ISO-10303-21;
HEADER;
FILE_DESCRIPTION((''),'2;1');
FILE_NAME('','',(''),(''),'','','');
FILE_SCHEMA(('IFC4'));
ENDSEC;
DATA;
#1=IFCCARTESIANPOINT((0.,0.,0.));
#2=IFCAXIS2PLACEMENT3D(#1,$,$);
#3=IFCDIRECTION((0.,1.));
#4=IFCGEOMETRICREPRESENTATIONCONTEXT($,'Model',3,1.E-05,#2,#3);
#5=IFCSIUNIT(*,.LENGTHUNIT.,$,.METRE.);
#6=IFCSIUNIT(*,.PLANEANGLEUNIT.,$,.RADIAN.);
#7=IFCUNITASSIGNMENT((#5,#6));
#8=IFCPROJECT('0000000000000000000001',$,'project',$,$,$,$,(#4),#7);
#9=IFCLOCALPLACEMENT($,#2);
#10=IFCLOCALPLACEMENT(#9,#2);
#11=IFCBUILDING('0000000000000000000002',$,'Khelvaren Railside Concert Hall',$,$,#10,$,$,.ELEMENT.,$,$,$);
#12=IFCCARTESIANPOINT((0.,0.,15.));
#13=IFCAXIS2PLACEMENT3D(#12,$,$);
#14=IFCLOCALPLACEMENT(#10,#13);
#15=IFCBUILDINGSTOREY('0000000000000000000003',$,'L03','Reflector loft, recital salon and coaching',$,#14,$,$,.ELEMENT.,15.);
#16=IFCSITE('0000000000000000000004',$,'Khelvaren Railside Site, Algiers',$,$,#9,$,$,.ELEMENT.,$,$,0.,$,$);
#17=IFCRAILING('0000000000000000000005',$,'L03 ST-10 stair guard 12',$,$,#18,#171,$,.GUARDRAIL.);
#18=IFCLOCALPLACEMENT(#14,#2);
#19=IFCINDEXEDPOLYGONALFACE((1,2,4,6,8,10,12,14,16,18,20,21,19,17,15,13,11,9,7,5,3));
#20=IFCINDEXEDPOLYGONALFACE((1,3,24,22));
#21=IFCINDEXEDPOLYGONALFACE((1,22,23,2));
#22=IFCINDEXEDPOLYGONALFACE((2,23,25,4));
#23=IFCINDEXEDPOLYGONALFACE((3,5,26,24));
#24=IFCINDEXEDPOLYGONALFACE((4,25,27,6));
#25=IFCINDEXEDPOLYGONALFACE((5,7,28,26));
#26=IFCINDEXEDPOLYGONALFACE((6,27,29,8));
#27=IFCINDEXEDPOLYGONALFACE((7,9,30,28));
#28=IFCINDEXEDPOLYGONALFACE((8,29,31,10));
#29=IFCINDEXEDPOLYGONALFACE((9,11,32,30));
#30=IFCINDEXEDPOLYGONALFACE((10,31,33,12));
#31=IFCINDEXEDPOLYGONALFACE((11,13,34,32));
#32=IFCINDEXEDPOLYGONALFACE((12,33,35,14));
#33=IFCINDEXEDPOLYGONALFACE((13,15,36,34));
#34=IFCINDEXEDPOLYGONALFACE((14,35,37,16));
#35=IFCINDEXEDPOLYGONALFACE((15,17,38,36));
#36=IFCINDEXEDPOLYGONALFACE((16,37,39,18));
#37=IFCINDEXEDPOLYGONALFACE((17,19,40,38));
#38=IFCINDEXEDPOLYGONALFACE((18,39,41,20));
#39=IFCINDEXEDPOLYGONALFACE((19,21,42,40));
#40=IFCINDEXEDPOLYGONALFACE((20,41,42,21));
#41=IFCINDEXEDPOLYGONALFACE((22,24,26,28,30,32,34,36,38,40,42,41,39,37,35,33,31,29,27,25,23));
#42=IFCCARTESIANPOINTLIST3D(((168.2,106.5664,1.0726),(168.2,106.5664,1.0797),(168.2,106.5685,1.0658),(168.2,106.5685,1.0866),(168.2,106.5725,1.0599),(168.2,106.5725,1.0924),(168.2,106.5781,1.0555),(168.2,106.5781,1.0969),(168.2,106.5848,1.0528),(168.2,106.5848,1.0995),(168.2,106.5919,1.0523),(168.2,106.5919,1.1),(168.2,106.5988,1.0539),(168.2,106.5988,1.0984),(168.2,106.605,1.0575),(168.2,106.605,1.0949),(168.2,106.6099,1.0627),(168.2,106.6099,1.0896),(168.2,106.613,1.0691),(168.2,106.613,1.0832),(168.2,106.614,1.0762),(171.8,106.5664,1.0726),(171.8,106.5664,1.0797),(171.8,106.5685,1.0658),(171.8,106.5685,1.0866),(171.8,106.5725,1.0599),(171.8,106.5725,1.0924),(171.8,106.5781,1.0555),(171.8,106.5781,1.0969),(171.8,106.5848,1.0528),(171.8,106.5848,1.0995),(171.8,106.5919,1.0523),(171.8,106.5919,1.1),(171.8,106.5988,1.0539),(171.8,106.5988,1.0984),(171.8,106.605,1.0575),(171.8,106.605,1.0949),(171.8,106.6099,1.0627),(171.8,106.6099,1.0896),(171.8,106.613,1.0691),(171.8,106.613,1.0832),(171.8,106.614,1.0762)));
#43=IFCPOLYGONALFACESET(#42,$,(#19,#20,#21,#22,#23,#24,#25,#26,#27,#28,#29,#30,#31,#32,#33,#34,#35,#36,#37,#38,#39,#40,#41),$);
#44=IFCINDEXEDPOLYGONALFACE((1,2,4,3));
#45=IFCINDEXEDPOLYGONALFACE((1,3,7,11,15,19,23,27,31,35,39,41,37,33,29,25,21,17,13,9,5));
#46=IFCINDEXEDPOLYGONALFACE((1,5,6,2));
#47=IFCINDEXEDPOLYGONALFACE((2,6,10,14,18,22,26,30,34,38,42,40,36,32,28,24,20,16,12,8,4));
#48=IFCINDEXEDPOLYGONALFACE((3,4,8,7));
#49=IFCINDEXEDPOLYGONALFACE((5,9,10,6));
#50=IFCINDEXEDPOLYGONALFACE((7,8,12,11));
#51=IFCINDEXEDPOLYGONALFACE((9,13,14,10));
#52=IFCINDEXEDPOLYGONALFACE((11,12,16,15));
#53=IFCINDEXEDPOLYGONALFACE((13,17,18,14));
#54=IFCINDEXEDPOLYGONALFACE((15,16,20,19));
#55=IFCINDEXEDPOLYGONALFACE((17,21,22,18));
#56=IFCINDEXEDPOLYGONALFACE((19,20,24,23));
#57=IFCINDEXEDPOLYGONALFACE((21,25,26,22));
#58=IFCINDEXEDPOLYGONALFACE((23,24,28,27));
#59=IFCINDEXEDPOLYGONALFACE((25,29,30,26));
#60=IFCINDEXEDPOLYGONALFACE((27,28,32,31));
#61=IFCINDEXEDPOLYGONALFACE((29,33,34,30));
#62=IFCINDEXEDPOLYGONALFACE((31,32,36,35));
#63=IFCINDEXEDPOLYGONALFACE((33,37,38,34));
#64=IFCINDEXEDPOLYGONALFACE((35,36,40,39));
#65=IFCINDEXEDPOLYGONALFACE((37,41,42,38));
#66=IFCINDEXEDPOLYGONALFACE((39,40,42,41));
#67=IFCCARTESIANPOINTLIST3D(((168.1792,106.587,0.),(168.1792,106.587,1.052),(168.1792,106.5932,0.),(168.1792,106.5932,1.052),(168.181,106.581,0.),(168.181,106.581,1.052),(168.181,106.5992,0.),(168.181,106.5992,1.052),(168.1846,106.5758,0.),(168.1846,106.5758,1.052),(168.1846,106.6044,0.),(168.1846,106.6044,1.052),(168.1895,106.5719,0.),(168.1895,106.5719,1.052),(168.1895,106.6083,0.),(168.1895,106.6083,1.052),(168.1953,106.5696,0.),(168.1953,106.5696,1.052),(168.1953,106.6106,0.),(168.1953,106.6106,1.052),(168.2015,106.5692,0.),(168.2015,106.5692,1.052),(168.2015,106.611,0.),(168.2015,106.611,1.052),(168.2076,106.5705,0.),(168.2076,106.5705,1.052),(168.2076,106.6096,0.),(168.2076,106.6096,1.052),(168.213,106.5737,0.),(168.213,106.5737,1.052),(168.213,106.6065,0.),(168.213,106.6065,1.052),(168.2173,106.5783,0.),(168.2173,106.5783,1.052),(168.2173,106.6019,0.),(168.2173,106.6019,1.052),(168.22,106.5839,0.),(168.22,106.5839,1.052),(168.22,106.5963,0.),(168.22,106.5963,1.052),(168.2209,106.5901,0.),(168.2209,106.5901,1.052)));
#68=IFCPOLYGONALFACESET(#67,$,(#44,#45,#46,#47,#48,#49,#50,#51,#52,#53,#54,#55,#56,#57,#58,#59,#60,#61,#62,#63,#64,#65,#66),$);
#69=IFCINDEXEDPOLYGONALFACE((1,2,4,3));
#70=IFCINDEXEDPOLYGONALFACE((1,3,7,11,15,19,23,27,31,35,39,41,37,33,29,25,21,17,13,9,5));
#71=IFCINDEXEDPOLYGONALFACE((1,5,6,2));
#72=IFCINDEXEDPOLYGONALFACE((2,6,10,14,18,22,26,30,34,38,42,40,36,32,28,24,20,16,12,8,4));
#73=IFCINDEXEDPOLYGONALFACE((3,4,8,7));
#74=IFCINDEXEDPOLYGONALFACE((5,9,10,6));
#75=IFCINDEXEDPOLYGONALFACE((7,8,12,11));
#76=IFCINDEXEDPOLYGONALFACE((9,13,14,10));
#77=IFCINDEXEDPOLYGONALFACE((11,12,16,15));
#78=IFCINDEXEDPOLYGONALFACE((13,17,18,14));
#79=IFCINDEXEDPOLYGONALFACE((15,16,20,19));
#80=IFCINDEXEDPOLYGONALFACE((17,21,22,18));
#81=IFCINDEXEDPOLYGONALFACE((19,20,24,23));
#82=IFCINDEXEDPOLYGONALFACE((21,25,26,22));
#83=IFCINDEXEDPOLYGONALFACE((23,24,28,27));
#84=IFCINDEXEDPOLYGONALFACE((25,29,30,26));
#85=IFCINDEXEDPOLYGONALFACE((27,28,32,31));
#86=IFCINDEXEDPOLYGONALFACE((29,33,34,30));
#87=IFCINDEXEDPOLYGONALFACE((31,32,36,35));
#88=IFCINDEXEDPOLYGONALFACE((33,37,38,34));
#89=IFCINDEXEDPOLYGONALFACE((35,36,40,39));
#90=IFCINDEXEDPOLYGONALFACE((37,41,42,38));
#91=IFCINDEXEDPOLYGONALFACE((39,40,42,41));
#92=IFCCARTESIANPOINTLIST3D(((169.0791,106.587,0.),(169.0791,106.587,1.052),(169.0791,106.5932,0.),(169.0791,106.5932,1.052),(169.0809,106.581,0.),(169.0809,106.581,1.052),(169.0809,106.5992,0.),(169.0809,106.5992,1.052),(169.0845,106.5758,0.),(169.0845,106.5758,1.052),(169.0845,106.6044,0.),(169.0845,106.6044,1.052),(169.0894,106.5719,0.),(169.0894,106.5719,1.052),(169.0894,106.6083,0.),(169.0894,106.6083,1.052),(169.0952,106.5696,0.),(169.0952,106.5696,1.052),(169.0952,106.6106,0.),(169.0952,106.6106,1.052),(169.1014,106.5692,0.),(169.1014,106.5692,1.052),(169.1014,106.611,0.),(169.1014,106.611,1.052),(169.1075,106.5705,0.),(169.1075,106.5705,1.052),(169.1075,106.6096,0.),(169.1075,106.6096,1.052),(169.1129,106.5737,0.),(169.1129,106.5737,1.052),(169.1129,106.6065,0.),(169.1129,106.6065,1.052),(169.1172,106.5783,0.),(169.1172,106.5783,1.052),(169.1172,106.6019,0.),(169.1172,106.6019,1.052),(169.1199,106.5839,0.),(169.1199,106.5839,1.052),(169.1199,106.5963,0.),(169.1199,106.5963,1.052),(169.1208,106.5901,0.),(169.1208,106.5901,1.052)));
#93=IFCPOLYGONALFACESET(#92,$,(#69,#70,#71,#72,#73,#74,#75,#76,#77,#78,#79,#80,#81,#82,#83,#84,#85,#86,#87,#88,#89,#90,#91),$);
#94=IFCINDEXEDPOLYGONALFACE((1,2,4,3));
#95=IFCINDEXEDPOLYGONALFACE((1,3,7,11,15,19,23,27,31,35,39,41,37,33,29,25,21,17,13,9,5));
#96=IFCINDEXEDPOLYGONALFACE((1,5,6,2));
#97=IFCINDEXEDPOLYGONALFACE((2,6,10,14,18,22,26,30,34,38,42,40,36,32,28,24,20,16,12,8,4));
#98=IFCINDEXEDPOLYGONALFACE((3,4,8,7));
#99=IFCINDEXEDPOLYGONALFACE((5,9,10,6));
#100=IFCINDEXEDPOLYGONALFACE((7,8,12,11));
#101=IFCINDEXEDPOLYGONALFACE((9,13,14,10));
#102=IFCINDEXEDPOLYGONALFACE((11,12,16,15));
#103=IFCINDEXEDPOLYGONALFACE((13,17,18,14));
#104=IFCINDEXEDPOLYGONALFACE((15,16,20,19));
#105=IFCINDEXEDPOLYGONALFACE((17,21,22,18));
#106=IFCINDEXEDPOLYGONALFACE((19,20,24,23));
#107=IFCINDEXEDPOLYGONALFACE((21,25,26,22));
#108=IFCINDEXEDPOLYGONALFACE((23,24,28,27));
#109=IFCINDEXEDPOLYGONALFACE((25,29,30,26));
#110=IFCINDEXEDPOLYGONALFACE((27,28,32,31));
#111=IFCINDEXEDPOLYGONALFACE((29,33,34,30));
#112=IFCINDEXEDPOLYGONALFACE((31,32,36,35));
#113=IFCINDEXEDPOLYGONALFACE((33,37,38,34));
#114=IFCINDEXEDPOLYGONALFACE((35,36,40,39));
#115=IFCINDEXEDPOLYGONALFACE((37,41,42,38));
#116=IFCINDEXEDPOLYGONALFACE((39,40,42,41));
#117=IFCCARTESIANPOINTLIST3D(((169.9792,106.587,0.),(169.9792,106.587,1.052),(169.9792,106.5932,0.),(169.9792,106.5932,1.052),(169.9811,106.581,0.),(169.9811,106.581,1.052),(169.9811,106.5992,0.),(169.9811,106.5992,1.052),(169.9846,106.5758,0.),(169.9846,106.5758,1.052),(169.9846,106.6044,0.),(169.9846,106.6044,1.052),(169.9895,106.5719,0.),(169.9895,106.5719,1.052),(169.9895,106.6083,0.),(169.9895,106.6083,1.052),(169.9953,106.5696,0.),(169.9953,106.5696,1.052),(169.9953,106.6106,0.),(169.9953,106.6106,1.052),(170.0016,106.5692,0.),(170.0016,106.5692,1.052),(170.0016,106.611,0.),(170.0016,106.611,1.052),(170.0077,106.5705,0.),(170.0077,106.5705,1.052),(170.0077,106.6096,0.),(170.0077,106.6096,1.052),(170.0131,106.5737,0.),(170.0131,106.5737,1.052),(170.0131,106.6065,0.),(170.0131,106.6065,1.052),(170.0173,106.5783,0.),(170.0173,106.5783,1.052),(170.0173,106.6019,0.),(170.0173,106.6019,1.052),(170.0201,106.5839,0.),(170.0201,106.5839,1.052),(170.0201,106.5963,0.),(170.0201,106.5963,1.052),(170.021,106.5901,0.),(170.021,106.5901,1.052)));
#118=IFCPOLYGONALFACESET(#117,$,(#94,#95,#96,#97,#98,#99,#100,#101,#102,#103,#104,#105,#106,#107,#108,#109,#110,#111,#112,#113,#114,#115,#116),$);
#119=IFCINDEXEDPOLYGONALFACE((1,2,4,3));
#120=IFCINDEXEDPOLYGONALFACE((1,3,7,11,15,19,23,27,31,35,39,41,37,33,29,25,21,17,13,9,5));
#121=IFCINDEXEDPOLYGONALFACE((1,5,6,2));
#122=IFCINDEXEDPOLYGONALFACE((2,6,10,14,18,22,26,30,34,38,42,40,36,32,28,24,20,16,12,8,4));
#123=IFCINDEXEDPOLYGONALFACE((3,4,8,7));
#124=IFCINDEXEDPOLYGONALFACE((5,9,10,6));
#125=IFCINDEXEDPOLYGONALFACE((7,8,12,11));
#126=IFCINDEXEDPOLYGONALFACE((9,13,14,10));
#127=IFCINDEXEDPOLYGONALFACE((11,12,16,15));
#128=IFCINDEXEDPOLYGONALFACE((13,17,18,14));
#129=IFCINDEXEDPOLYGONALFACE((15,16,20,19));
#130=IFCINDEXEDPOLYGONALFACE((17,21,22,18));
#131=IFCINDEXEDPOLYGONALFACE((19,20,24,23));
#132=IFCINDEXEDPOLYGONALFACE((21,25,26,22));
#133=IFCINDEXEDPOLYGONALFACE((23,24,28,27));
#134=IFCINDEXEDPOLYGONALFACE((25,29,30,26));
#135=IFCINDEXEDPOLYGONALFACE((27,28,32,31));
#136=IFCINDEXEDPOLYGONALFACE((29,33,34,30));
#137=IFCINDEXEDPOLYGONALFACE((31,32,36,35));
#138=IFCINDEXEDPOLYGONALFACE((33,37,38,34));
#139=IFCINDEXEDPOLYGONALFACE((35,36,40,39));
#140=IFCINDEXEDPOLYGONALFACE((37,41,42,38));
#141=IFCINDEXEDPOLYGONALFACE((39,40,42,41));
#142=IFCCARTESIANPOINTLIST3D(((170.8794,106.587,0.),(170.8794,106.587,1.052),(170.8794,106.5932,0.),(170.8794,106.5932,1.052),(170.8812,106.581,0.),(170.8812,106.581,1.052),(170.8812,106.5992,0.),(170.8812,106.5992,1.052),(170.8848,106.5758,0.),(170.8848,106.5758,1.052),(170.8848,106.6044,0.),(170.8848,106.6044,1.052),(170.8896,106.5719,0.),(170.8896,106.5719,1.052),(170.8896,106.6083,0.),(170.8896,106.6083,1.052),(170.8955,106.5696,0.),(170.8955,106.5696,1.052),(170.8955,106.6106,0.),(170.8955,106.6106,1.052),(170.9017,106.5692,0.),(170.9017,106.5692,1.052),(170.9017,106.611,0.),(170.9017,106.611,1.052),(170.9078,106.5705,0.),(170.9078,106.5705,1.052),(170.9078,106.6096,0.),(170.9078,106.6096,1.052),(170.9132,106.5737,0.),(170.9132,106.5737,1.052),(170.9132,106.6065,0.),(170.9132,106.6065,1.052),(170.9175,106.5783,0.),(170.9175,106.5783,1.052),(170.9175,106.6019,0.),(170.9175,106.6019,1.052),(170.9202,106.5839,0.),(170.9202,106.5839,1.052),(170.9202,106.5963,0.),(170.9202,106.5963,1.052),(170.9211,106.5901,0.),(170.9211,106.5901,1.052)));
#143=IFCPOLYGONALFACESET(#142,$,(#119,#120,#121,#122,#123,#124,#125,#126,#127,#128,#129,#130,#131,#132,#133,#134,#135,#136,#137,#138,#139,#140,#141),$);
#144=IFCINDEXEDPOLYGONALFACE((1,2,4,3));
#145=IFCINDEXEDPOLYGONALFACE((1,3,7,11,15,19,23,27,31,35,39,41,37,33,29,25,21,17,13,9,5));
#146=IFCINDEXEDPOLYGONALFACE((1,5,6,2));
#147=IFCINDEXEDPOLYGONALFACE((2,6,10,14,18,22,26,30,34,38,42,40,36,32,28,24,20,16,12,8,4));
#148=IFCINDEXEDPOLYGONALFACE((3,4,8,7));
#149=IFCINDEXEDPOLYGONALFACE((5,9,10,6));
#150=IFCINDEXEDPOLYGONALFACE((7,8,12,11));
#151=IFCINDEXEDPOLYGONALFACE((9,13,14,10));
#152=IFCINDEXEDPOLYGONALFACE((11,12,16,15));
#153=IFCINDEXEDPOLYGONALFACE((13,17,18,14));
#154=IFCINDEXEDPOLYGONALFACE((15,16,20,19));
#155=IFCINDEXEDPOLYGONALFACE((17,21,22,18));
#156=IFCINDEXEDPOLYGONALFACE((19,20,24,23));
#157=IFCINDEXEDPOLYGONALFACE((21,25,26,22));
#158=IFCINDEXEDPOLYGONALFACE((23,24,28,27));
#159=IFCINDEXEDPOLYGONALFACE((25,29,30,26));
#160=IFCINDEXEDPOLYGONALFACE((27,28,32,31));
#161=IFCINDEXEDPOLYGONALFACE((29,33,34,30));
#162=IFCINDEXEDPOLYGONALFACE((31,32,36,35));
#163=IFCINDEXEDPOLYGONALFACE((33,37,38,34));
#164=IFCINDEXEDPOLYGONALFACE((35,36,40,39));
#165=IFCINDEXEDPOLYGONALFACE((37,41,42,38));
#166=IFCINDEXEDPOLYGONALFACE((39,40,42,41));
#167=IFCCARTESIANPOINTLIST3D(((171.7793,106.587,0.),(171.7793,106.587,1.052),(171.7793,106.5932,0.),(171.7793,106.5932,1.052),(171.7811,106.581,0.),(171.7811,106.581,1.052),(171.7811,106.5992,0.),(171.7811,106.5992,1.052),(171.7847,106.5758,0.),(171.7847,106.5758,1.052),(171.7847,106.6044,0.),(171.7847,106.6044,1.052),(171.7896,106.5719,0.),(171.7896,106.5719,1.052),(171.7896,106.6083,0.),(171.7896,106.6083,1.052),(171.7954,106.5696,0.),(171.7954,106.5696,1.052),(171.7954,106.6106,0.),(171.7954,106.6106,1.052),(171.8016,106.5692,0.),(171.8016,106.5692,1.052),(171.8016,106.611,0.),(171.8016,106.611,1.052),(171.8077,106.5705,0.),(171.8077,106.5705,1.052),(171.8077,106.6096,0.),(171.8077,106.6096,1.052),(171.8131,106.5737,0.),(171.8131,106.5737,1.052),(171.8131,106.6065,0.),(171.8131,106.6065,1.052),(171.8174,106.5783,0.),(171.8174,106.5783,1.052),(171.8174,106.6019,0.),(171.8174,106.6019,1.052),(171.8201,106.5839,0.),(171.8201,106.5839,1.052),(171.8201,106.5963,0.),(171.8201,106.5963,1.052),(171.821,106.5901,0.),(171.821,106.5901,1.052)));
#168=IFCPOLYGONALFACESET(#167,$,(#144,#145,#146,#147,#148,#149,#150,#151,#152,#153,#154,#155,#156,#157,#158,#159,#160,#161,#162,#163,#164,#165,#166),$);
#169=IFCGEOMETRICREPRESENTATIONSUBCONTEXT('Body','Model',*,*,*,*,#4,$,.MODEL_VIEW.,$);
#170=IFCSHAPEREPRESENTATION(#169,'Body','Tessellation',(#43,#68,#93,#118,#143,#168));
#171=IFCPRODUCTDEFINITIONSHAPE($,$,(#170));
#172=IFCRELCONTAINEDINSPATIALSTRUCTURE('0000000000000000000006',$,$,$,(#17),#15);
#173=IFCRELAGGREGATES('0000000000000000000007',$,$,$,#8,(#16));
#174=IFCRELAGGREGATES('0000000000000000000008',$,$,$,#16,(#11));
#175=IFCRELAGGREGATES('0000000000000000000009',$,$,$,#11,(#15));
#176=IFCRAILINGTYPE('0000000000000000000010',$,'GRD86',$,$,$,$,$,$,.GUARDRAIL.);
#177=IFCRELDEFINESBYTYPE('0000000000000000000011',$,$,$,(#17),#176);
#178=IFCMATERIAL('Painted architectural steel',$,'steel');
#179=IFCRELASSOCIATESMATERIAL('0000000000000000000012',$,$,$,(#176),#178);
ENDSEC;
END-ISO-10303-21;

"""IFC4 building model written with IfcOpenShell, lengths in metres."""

from ifc_helpers import new_model, si_unit, direction, frame, origin, origin_2d, place, context, subcontext, project, spatial, circle, extrude, material, type_object, element, save


model = new_model("IFC4")

# Units and contexts
model_context = context("Model", 3, precision=1e-05, world=origin(), true_north=direction((0.0, 1.0)))
body_context = subcontext(model_context, "Body", "Model", "MODEL_VIEW")
ifc_project = project(units=[si_unit("LENGTHUNIT", "METRE"), si_unit("PLANEANGLEUNIT", "RADIAN")], contexts=[model_context])

# Site, building, storey
site_placement = place(None, origin())
site = spatial("IfcSite", under=ifc_project, at=site_placement, Name="Khelvaren Railside Site, Algiers", CompositionType="ELEMENT", RefElevation=0.0)
building_placement = place(site_placement, origin())
building = spatial("IfcBuilding", under=site, at=building_placement, Name="Khelvaren Railside Concert Hall", CompositionType="ELEMENT")
storey_placement = place(building_placement, frame((0.0, 0.0, 15.0)))
storey = spatial("IfcBuildingStorey", under=building, at=storey_placement, Name="L03", Description="Reflector loft, recital salon and coaching", CompositionType="ELEMENT", Elevation=15.0)

# Railing
ifc_material_1 = material(Name="Painted architectural steel", Category="steel")
railing_type = type_object("IfcRailingType", Name="GRD86", PredefinedType="GUARDRAIL", material=ifc_material_1)
railing_1_placement = place(storey_placement, frame((168.2, 106.5901, 0.0)))
element("IfcRailing", 1, at=railing_1_placement, inside=storey, type_object=railing_type, Name="L03 ST-10 stair guard 12", PredefinedType="GUARDRAIL", context=body_context, shape_type="SweptSolid", body=[
    extrude(circle(Radius=0.0239, at=origin_2d()), frame((0.0, 0.0, 1.0762), z_axis=(1.0, 0.0, 0.0), x_axis=(0.0, 1.0, 0.0)), (0.0, 0.0, 1.0), 3.6001),
    extrude(circle(Radius=0.021, at=origin_2d()), origin(), (0.0, 0.0, 1.0), 1.052),
    extrude(circle(Radius=0.021, at=origin_2d()), frame((0.8999, 0.0, 0.0)), (0.0, 0.0, 1.0), 1.052),
    extrude(circle(Radius=0.021, at=origin_2d()), frame((1.8, 0.0, 0.0)), (0.0, 0.0, 1.0), 1.052),
    extrude(circle(Radius=0.021, at=origin_2d()), frame((2.7002, 0.0, 0.0)), (0.0, 0.0, 1.0), 1.052),
    extrude(circle(Radius=0.021, at=origin_2d()), frame((3.6001, 0.0, 0.0)), (0.0, 0.0, 1.0), 1.052),
])

save(model, "model.ifc")
